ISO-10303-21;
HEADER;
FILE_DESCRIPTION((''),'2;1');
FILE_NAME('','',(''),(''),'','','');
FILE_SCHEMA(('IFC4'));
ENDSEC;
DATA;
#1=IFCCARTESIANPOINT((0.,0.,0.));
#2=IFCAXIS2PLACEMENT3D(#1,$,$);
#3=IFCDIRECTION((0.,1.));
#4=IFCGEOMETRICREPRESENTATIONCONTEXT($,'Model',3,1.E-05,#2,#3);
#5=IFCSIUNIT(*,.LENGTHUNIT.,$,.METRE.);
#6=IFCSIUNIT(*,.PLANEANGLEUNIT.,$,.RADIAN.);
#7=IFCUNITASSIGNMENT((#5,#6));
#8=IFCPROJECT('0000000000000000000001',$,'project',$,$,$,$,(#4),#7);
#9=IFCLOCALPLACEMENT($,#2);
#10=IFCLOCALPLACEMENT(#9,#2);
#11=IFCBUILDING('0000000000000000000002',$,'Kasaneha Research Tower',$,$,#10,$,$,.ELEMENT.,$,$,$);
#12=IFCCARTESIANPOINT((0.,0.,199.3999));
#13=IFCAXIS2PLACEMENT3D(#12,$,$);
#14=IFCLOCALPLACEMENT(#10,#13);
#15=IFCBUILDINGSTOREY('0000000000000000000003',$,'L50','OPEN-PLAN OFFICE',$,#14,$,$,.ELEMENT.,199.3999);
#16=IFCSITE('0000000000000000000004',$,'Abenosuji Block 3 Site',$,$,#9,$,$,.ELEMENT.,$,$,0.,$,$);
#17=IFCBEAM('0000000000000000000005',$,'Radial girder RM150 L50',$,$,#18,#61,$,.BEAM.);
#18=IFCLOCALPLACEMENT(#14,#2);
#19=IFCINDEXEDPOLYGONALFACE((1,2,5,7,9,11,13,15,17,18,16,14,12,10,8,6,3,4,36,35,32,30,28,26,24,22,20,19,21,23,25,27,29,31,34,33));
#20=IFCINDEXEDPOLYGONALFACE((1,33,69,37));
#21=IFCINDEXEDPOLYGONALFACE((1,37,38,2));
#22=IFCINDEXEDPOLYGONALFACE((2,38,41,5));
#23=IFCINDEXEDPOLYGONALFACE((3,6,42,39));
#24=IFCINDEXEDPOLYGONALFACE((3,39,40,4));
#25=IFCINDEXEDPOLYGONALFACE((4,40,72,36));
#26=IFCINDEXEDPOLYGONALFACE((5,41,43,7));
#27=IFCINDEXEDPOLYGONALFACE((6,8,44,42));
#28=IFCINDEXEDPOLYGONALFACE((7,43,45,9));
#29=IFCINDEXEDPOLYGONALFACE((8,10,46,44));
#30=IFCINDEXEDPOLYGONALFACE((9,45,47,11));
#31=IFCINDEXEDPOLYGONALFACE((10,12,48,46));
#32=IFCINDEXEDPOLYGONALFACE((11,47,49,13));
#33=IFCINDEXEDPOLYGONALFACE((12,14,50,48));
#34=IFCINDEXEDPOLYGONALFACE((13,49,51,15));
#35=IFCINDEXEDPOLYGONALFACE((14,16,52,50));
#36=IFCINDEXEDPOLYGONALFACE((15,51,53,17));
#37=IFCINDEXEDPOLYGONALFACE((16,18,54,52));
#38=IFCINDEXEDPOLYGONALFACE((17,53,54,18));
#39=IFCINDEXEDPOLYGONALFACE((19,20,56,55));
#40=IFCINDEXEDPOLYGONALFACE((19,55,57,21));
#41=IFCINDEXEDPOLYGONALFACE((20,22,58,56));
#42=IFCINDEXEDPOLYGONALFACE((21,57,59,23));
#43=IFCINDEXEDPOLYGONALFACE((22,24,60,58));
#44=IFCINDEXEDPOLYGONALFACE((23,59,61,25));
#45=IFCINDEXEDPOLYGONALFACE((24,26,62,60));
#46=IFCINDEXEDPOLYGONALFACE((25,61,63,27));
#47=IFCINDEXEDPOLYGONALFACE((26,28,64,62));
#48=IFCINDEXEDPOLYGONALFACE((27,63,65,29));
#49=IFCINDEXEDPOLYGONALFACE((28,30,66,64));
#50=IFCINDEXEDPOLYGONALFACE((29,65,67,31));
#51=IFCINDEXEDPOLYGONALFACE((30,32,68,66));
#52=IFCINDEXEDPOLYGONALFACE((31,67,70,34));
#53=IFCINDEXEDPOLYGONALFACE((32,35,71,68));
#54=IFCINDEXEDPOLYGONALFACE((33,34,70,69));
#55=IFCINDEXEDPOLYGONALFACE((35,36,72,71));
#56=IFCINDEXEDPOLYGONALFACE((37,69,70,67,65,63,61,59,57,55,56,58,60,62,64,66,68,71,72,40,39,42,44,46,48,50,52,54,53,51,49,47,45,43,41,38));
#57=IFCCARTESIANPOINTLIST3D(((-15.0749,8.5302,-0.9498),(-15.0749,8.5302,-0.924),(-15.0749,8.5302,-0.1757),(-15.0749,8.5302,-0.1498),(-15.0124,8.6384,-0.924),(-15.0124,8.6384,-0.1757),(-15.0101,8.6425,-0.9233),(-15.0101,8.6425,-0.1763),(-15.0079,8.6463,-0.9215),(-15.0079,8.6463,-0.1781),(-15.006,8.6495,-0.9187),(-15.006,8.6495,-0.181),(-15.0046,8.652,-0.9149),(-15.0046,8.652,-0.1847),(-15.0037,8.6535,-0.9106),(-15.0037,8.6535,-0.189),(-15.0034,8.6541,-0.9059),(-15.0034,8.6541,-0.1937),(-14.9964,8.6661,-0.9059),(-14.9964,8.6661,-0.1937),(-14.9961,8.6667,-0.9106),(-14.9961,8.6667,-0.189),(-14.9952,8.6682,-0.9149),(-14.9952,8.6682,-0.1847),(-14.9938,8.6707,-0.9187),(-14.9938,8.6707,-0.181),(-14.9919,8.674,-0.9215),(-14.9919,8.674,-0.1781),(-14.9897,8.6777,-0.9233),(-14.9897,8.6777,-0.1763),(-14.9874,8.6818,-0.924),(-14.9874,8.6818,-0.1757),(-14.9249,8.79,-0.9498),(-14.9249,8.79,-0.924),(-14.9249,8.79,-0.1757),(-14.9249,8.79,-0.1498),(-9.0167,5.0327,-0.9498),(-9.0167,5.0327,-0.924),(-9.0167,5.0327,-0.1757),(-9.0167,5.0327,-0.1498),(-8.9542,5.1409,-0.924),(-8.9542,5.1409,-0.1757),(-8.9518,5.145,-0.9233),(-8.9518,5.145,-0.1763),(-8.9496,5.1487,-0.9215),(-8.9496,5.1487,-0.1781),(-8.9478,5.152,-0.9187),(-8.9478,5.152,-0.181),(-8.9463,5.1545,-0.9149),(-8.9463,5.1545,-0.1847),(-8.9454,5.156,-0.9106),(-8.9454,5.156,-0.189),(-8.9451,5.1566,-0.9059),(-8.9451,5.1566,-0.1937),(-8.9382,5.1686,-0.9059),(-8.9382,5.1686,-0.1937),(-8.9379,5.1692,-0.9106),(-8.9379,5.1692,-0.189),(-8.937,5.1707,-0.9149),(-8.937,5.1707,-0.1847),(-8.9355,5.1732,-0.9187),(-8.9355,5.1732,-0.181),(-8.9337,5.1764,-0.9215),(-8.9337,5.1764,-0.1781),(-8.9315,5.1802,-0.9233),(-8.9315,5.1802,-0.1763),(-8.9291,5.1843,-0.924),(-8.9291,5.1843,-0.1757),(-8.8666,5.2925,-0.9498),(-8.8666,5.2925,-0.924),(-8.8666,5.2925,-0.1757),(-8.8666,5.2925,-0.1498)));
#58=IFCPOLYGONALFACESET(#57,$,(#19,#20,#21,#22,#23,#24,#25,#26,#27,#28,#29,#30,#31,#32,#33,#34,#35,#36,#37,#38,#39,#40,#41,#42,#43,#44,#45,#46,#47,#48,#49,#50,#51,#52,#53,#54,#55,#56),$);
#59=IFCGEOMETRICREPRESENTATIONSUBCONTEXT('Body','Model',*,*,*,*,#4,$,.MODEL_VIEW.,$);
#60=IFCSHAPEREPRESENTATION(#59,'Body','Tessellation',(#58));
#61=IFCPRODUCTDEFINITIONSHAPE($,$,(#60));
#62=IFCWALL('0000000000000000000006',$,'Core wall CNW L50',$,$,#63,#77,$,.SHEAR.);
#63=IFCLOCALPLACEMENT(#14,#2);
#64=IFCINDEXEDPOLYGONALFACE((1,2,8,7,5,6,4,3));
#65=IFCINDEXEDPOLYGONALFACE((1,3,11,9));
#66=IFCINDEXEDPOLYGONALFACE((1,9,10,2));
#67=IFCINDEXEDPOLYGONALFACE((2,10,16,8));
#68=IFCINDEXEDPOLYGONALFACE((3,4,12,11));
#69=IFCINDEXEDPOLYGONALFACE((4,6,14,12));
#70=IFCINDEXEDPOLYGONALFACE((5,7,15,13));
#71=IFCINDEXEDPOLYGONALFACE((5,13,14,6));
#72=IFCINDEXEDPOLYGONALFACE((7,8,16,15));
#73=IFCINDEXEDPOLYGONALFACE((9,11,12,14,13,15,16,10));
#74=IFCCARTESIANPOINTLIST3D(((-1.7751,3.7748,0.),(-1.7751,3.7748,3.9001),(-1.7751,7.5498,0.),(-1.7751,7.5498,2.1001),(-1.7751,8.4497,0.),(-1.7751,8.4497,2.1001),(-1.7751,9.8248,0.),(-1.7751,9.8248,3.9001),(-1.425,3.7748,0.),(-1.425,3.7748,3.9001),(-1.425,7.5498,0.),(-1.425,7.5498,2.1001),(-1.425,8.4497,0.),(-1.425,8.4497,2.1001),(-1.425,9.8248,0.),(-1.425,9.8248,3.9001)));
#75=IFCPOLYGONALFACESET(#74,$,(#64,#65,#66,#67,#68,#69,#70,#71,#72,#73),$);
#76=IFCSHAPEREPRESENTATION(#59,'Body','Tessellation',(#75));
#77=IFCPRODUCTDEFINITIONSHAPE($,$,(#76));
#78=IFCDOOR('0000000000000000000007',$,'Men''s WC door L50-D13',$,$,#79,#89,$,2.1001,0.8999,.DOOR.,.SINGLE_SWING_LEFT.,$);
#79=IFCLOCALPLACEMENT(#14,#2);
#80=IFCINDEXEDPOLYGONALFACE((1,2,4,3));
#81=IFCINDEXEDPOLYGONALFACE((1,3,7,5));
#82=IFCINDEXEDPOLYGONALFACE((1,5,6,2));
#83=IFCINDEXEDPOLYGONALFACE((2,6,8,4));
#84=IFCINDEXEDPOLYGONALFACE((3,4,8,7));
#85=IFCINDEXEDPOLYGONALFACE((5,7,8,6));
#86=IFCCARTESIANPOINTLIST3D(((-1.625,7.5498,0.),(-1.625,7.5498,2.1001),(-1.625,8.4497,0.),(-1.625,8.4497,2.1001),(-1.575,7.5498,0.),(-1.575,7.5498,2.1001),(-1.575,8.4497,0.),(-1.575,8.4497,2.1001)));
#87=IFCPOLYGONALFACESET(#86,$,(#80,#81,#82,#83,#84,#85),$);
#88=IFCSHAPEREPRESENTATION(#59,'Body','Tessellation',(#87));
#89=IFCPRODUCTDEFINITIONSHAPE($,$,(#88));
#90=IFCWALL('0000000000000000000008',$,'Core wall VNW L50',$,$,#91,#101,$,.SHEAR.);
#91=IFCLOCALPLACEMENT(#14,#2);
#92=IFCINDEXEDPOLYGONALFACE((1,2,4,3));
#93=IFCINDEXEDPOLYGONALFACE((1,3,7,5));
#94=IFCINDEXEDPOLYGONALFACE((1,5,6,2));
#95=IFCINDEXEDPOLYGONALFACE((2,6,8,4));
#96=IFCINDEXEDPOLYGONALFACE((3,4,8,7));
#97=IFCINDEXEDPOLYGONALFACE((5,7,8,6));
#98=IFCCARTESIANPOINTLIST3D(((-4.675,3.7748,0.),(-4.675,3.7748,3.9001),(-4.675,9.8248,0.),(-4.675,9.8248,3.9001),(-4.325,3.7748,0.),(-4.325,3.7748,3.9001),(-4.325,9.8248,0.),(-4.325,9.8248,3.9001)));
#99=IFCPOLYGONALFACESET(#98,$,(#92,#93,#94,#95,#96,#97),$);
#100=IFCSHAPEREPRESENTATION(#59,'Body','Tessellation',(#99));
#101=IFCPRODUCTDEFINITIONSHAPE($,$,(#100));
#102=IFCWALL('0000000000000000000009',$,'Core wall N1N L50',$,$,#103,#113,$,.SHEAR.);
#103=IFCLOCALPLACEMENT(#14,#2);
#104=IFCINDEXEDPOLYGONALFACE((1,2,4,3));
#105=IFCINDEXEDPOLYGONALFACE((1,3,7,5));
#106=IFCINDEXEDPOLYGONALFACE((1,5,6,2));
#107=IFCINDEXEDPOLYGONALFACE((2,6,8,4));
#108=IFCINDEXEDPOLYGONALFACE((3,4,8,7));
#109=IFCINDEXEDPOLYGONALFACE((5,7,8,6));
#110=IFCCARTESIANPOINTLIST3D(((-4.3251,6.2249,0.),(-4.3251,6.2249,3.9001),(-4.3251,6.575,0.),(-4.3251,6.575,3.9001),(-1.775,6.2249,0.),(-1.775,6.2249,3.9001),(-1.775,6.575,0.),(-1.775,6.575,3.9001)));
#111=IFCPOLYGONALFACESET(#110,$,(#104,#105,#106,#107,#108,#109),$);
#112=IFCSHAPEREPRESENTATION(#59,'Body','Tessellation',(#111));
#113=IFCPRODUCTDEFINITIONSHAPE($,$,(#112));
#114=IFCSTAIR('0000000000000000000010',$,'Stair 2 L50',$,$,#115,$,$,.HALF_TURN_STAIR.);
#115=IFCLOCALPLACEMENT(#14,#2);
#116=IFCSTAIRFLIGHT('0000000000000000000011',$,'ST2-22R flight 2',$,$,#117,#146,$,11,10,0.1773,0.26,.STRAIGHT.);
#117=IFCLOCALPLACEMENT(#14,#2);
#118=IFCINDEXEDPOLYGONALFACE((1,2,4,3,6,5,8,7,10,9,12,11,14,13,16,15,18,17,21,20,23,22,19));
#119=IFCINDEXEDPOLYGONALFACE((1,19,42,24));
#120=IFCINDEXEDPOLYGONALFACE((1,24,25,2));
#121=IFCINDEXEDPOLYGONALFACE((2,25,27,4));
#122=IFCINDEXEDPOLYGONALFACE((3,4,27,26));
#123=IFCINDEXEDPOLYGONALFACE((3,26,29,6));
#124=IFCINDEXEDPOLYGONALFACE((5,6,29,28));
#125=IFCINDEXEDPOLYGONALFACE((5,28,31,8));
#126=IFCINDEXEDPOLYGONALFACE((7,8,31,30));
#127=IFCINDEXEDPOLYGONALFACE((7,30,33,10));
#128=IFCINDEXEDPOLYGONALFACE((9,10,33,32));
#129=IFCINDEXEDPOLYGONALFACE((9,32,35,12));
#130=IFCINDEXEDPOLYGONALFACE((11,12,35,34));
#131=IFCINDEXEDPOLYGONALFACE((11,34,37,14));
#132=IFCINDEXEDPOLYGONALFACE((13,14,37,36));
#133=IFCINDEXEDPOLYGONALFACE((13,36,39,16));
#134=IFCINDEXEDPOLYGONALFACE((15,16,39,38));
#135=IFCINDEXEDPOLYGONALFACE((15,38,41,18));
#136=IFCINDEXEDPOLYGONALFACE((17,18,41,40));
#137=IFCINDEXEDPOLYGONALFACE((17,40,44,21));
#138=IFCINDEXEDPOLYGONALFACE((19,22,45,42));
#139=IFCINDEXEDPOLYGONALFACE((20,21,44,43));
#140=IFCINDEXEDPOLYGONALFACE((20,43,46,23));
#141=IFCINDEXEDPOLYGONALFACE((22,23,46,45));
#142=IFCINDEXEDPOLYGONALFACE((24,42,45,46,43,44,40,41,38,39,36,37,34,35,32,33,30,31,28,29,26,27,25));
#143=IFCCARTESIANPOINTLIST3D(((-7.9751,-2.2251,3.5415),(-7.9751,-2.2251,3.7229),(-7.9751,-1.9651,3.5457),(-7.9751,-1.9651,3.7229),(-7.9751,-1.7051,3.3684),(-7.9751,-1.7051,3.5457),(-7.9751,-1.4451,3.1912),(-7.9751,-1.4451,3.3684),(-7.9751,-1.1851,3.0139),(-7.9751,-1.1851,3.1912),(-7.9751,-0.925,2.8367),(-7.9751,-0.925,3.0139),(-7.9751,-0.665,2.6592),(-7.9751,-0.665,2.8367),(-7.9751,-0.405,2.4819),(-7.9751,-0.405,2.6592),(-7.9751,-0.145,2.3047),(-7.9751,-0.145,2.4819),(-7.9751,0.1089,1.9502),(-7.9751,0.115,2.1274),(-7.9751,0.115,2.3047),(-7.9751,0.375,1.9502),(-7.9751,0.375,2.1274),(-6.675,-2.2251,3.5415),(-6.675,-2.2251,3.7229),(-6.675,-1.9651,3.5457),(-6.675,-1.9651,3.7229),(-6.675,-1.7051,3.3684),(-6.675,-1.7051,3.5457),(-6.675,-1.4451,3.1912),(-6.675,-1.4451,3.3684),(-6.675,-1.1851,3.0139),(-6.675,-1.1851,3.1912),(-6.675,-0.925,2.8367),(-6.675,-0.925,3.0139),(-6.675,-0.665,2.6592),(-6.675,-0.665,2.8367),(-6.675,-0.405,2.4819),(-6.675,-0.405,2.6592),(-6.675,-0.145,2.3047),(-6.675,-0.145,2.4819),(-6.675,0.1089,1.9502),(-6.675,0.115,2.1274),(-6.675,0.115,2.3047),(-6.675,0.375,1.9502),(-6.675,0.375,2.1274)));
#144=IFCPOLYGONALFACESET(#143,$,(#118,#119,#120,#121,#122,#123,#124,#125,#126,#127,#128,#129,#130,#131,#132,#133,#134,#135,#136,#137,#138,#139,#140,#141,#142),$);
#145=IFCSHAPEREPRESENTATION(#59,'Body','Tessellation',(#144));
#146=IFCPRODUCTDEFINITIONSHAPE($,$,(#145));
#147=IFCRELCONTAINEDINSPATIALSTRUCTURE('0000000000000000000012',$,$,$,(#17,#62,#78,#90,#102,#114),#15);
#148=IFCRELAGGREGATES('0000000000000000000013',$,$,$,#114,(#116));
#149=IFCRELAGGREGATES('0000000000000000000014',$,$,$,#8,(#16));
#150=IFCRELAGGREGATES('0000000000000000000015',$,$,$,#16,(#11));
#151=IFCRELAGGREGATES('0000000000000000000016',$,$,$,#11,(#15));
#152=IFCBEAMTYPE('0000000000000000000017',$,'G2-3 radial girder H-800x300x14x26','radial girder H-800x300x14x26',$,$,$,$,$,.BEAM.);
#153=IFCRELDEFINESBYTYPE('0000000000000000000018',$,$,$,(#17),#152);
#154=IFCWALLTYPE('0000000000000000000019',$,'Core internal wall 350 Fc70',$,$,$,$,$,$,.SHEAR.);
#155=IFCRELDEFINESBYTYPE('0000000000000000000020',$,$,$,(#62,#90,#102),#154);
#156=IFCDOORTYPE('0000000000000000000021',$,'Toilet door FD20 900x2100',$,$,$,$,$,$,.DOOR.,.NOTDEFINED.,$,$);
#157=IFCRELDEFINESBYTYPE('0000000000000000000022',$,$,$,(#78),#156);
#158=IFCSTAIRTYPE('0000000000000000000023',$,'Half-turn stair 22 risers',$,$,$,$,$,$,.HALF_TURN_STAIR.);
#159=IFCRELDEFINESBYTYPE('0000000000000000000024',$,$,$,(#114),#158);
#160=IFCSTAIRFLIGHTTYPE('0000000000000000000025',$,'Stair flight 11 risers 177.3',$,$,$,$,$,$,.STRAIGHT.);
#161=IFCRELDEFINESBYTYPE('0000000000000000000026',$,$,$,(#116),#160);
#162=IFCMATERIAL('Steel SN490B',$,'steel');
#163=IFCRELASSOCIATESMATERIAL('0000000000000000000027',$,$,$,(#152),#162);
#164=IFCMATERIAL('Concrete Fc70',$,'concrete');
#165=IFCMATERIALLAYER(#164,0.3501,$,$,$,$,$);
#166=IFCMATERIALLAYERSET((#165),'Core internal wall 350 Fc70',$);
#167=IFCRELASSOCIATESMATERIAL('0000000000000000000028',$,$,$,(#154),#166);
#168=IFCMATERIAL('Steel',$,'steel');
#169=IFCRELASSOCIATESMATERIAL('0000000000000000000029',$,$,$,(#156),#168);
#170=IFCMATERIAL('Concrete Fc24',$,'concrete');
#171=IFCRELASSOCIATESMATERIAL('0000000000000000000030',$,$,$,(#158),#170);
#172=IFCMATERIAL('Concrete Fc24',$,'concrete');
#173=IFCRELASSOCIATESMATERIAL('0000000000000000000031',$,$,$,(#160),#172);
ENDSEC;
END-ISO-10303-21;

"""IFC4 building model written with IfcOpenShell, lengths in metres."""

from ifc_helpers import new_model, si_unit, direction, frame, frame_2d, origin, origin_2d, place, context, subcontext, project, spatial, polyline, rectangle, i_section, outline, extrude, material, layer, layer_set, material_profile, profile_set, type_object, element, fill, aggregate, save


model = new_model("IFC4")

# Units and contexts
model_context = context("Model", 3, precision=1e-05, world=origin(), true_north=direction((0.0, 1.0)))
body_context = subcontext(model_context, "Body", "Model", "MODEL_VIEW")
ifc_project = project(units=[si_unit("LENGTHUNIT", "METRE"), si_unit("PLANEANGLEUNIT", "RADIAN")], contexts=[model_context])

# Site, building, storey
site_placement = place(None, origin())
site = spatial("IfcSite", under=ifc_project, at=site_placement, Name="Abenosuji Block 3 Site", CompositionType="ELEMENT", RefElevation=0.0)
building_placement = place(site_placement, origin())
building = spatial("IfcBuilding", under=site, at=building_placement, Name="Kasaneha Research Tower", CompositionType="ELEMENT")
storey_placement = place(building_placement, frame((0.0, 0.0, 199.3999)))
storey = spatial("IfcBuildingStorey", under=building, at=storey_placement, Name="L50", Description="OPEN-PLAN OFFICE", CompositionType="ELEMENT", Elevation=199.3999)

# Beam
ifc_material_1 = material(Name="Steel SN490B", Category="steel")
ifc_material_profile = material_profile(ifc_material_1, i_section(OverallWidth=0.3, OverallDepth=0.8, WebThickness=0.0139, FlangeThickness=0.0259, FilletRadius=0.0181, at=origin_2d()), Name="H-800x300x14x26")
ifc_profile_set = profile_set([ifc_material_profile], Name="Steel SN490B")
beam_type = type_object("IfcBeamType", Name="G2-3 radial girder H-800x300x14x26", Description="radial girder H-800x300x14x26", PredefinedType="BEAM", material=ifc_profile_set)
beam_placement = place(storey_placement, frame((-8.9417, 5.1626, -0.5498), z_axis=(-0.86604, 0.499975, 0.0), x_axis=(-0.499975, -0.86604, 0.0)))
element("IfcBeam", 1, at=beam_placement, inside=storey, type_object=beam_type, Name="Radial girder RM150 L50", PredefinedType="BEAM", context=body_context, shape_type="SweptSolid", body=[
    extrude(i_section(OverallWidth=0.3, OverallDepth=0.8, WebThickness=0.0139, FlangeThickness=0.0259, FilletRadius=0.0181, at=origin_2d()), origin(), (0.0, 0.0, 1.0), 6.9954),
])

# Shared definitions
ifc_material_2 = material(Name="Concrete Fc70", Category="concrete")
ifc_layer_1 = layer(ifc_material_2, 0.3501)
ifc_layer_set_1 = layer_set([ifc_layer_1], Name="Core internal wall 350 Fc70")
wall_type = type_object("IfcWallType", Name="Core internal wall 350 Fc70", PredefinedType="SHEAR", material=ifc_layer_set_1)

# Wall, opening, door
wall_1_placement = place(storey_placement, frame((-1.6001, 3.7749, 0.0), z_axis=(0.0, 0.0, 1.0), x_axis=(0.0, 1.0, 0.0)))
wall_1 = element("IfcWall", 2, at=wall_1_placement, inside=storey, type_object=wall_type, Name="Core wall CNW L50", PredefinedType="SHEAR", context=body_context, shape_type="SweptSolid", body=[
    extrude(rectangle(XDim=6.05, YDim=0.3501, at=frame_2d((3.0249, 0.0))), origin(), (0.0, 0.0, 1.0), 3.9001),
])
opening_1_placement = place(wall_1_placement, frame((3.7749, 0.0, 0.0)))
opening_1 = element("IfcOpeningElement", 3, at=opening_1_placement, cuts=wall_1, PredefinedType="OPENING", context=body_context, shape_type="SweptSolid", body=[
    extrude(rectangle(XDim=0.8999, YDim=2.1001, at=frame_2d((0.45, 1.05))), frame((0.0, 0.1851, 0.0), z_axis=(0.0, -1.0, 0.0), x_axis=(1.0, 0.0, 0.0)), (0.0, 0.0, 1.0), 0.3701),
])
ifc_material_3 = material(Name="Steel", Category="steel")
door_type_1 = type_object("IfcDoorType", Name="Toilet door FD20 900x2100", OperationType="NOTDEFINED", PredefinedType="DOOR", material=ifc_material_3)
door_1_placement = place(opening_1_placement, origin())
door_1 = element("IfcDoor", 4, at=door_1_placement, inside=storey, type_object=door_type_1, Name="Men's WC door L50-D13", OperationType="SINGLE_SWING_LEFT", OverallHeight=2.1001, OverallWidth=0.8999, PredefinedType="DOOR", context=body_context, shape_type="SweptSolid", body=[
    extrude(rectangle(XDim=0.8999, YDim=2.1001, at=frame_2d((0.45, 1.05))), frame((0.0, 0.0249, 0.0), z_axis=(0.0, -1.0, 0.0), x_axis=(1.0, 0.0, 0.0)), (0.0, 0.0, 1.0), 0.05),
])
fill(opening_1, door_1)

# Walls
wall_2_placement = place(storey_placement, frame((-4.5, 3.7749, 0.0), z_axis=(0.0, 0.0, 1.0), x_axis=(0.0, 1.0, 0.0)))
element("IfcWall", 5, at=wall_2_placement, inside=storey, type_object=wall_type, Name="Core wall VNW L50", PredefinedType="SHEAR", context=body_context, shape_type="SweptSolid", body=[
    extrude(rectangle(XDim=6.05, YDim=0.3501, at=frame_2d((3.0249, 0.0))), origin(), (0.0, 0.0, 1.0), 3.9001),
])
wall_3_placement = place(storey_placement, frame((-4.325, 6.3999, 0.0), z_axis=(0.0, 0.0, 1.0), x_axis=(1.0, 0.0, 0.0)))
element("IfcWall", 6, at=wall_3_placement, inside=storey, type_object=wall_type, Name="Core wall N1N L50", PredefinedType="SHEAR", context=body_context, shape_type="SweptSolid", body=[
    extrude(rectangle(XDim=2.55, YDim=0.3501, at=frame_2d((1.2749, 0.0))), origin(), (0.0, 0.0, 1.0), 3.9001),
])

# Stair, stair flight
ifc_material_4 = material(Name="Concrete Fc24", Category="concrete")
stair_type = type_object("IfcStairType", Name="Half-turn stair 22 risers", PredefinedType="HALF_TURN_STAIR", material=ifc_material_4)
stair_placement = place(storey_placement, origin())
stair = element("IfcStair", 7, at=stair_placement, inside=storey, type_object=stair_type, Name="Stair 2 L50", PredefinedType="HALF_TURN_STAIR")
ifc_material_5 = material(Name="Concrete Fc24", Category="concrete")
stair_flight_type = type_object("IfcStairFlightType", Name="Stair flight 11 risers 177.3", PredefinedType="STRAIGHT", material=ifc_material_5)
stair_flight_placement = place(storey_placement, frame((-7.325, 0.375, 1.9502), z_axis=(0.0, 0.0, 1.0), x_axis=(0.0, -1.0, 0.0)))
stair_flight = element("IfcStairFlight", 8, at=stair_flight_placement, type_object=stair_flight_type, Name="ST2-22R flight 2", NumberOfRisers=11, NumberOfTreads=10, PredefinedType="STRAIGHT", RiserHeight=0.1773, TreadLength=0.26, context=body_context, shape_type="SweptSolid", body=[
    extrude(outline(polyline([(0.0, 0.0), (0.0, 0.1772), (0.26, 0.1772), (0.26, 0.3545), (0.52, 0.3545), (0.52, 0.5317), (0.78, 0.5317), (0.78, 0.709), (1.04, 0.709), (1.04, 0.8865), (1.3, 0.8865), (1.3, 1.0637), (1.5601, 1.0637), (1.5601, 1.241), (1.8201, 1.241), (1.8201, 1.4182), (2.0801, 1.4182), (2.0801, 1.5955), (2.3401, 1.5955), (2.3401, 1.7727), (2.6001, 1.7727), (2.6001, 1.95), (2.6001, 1.5913), (0.2661, 0.0), (0.0, 0.0)])), frame((0.0, 0.6499, 0.0), z_axis=(0.0, -1.0, 0.0), x_axis=(1.0, 0.0, 0.0)), (0.0, 0.0, 1.0), 1.3),
])
aggregate(stair, [stair_flight])

save(model, "model.ifc")
